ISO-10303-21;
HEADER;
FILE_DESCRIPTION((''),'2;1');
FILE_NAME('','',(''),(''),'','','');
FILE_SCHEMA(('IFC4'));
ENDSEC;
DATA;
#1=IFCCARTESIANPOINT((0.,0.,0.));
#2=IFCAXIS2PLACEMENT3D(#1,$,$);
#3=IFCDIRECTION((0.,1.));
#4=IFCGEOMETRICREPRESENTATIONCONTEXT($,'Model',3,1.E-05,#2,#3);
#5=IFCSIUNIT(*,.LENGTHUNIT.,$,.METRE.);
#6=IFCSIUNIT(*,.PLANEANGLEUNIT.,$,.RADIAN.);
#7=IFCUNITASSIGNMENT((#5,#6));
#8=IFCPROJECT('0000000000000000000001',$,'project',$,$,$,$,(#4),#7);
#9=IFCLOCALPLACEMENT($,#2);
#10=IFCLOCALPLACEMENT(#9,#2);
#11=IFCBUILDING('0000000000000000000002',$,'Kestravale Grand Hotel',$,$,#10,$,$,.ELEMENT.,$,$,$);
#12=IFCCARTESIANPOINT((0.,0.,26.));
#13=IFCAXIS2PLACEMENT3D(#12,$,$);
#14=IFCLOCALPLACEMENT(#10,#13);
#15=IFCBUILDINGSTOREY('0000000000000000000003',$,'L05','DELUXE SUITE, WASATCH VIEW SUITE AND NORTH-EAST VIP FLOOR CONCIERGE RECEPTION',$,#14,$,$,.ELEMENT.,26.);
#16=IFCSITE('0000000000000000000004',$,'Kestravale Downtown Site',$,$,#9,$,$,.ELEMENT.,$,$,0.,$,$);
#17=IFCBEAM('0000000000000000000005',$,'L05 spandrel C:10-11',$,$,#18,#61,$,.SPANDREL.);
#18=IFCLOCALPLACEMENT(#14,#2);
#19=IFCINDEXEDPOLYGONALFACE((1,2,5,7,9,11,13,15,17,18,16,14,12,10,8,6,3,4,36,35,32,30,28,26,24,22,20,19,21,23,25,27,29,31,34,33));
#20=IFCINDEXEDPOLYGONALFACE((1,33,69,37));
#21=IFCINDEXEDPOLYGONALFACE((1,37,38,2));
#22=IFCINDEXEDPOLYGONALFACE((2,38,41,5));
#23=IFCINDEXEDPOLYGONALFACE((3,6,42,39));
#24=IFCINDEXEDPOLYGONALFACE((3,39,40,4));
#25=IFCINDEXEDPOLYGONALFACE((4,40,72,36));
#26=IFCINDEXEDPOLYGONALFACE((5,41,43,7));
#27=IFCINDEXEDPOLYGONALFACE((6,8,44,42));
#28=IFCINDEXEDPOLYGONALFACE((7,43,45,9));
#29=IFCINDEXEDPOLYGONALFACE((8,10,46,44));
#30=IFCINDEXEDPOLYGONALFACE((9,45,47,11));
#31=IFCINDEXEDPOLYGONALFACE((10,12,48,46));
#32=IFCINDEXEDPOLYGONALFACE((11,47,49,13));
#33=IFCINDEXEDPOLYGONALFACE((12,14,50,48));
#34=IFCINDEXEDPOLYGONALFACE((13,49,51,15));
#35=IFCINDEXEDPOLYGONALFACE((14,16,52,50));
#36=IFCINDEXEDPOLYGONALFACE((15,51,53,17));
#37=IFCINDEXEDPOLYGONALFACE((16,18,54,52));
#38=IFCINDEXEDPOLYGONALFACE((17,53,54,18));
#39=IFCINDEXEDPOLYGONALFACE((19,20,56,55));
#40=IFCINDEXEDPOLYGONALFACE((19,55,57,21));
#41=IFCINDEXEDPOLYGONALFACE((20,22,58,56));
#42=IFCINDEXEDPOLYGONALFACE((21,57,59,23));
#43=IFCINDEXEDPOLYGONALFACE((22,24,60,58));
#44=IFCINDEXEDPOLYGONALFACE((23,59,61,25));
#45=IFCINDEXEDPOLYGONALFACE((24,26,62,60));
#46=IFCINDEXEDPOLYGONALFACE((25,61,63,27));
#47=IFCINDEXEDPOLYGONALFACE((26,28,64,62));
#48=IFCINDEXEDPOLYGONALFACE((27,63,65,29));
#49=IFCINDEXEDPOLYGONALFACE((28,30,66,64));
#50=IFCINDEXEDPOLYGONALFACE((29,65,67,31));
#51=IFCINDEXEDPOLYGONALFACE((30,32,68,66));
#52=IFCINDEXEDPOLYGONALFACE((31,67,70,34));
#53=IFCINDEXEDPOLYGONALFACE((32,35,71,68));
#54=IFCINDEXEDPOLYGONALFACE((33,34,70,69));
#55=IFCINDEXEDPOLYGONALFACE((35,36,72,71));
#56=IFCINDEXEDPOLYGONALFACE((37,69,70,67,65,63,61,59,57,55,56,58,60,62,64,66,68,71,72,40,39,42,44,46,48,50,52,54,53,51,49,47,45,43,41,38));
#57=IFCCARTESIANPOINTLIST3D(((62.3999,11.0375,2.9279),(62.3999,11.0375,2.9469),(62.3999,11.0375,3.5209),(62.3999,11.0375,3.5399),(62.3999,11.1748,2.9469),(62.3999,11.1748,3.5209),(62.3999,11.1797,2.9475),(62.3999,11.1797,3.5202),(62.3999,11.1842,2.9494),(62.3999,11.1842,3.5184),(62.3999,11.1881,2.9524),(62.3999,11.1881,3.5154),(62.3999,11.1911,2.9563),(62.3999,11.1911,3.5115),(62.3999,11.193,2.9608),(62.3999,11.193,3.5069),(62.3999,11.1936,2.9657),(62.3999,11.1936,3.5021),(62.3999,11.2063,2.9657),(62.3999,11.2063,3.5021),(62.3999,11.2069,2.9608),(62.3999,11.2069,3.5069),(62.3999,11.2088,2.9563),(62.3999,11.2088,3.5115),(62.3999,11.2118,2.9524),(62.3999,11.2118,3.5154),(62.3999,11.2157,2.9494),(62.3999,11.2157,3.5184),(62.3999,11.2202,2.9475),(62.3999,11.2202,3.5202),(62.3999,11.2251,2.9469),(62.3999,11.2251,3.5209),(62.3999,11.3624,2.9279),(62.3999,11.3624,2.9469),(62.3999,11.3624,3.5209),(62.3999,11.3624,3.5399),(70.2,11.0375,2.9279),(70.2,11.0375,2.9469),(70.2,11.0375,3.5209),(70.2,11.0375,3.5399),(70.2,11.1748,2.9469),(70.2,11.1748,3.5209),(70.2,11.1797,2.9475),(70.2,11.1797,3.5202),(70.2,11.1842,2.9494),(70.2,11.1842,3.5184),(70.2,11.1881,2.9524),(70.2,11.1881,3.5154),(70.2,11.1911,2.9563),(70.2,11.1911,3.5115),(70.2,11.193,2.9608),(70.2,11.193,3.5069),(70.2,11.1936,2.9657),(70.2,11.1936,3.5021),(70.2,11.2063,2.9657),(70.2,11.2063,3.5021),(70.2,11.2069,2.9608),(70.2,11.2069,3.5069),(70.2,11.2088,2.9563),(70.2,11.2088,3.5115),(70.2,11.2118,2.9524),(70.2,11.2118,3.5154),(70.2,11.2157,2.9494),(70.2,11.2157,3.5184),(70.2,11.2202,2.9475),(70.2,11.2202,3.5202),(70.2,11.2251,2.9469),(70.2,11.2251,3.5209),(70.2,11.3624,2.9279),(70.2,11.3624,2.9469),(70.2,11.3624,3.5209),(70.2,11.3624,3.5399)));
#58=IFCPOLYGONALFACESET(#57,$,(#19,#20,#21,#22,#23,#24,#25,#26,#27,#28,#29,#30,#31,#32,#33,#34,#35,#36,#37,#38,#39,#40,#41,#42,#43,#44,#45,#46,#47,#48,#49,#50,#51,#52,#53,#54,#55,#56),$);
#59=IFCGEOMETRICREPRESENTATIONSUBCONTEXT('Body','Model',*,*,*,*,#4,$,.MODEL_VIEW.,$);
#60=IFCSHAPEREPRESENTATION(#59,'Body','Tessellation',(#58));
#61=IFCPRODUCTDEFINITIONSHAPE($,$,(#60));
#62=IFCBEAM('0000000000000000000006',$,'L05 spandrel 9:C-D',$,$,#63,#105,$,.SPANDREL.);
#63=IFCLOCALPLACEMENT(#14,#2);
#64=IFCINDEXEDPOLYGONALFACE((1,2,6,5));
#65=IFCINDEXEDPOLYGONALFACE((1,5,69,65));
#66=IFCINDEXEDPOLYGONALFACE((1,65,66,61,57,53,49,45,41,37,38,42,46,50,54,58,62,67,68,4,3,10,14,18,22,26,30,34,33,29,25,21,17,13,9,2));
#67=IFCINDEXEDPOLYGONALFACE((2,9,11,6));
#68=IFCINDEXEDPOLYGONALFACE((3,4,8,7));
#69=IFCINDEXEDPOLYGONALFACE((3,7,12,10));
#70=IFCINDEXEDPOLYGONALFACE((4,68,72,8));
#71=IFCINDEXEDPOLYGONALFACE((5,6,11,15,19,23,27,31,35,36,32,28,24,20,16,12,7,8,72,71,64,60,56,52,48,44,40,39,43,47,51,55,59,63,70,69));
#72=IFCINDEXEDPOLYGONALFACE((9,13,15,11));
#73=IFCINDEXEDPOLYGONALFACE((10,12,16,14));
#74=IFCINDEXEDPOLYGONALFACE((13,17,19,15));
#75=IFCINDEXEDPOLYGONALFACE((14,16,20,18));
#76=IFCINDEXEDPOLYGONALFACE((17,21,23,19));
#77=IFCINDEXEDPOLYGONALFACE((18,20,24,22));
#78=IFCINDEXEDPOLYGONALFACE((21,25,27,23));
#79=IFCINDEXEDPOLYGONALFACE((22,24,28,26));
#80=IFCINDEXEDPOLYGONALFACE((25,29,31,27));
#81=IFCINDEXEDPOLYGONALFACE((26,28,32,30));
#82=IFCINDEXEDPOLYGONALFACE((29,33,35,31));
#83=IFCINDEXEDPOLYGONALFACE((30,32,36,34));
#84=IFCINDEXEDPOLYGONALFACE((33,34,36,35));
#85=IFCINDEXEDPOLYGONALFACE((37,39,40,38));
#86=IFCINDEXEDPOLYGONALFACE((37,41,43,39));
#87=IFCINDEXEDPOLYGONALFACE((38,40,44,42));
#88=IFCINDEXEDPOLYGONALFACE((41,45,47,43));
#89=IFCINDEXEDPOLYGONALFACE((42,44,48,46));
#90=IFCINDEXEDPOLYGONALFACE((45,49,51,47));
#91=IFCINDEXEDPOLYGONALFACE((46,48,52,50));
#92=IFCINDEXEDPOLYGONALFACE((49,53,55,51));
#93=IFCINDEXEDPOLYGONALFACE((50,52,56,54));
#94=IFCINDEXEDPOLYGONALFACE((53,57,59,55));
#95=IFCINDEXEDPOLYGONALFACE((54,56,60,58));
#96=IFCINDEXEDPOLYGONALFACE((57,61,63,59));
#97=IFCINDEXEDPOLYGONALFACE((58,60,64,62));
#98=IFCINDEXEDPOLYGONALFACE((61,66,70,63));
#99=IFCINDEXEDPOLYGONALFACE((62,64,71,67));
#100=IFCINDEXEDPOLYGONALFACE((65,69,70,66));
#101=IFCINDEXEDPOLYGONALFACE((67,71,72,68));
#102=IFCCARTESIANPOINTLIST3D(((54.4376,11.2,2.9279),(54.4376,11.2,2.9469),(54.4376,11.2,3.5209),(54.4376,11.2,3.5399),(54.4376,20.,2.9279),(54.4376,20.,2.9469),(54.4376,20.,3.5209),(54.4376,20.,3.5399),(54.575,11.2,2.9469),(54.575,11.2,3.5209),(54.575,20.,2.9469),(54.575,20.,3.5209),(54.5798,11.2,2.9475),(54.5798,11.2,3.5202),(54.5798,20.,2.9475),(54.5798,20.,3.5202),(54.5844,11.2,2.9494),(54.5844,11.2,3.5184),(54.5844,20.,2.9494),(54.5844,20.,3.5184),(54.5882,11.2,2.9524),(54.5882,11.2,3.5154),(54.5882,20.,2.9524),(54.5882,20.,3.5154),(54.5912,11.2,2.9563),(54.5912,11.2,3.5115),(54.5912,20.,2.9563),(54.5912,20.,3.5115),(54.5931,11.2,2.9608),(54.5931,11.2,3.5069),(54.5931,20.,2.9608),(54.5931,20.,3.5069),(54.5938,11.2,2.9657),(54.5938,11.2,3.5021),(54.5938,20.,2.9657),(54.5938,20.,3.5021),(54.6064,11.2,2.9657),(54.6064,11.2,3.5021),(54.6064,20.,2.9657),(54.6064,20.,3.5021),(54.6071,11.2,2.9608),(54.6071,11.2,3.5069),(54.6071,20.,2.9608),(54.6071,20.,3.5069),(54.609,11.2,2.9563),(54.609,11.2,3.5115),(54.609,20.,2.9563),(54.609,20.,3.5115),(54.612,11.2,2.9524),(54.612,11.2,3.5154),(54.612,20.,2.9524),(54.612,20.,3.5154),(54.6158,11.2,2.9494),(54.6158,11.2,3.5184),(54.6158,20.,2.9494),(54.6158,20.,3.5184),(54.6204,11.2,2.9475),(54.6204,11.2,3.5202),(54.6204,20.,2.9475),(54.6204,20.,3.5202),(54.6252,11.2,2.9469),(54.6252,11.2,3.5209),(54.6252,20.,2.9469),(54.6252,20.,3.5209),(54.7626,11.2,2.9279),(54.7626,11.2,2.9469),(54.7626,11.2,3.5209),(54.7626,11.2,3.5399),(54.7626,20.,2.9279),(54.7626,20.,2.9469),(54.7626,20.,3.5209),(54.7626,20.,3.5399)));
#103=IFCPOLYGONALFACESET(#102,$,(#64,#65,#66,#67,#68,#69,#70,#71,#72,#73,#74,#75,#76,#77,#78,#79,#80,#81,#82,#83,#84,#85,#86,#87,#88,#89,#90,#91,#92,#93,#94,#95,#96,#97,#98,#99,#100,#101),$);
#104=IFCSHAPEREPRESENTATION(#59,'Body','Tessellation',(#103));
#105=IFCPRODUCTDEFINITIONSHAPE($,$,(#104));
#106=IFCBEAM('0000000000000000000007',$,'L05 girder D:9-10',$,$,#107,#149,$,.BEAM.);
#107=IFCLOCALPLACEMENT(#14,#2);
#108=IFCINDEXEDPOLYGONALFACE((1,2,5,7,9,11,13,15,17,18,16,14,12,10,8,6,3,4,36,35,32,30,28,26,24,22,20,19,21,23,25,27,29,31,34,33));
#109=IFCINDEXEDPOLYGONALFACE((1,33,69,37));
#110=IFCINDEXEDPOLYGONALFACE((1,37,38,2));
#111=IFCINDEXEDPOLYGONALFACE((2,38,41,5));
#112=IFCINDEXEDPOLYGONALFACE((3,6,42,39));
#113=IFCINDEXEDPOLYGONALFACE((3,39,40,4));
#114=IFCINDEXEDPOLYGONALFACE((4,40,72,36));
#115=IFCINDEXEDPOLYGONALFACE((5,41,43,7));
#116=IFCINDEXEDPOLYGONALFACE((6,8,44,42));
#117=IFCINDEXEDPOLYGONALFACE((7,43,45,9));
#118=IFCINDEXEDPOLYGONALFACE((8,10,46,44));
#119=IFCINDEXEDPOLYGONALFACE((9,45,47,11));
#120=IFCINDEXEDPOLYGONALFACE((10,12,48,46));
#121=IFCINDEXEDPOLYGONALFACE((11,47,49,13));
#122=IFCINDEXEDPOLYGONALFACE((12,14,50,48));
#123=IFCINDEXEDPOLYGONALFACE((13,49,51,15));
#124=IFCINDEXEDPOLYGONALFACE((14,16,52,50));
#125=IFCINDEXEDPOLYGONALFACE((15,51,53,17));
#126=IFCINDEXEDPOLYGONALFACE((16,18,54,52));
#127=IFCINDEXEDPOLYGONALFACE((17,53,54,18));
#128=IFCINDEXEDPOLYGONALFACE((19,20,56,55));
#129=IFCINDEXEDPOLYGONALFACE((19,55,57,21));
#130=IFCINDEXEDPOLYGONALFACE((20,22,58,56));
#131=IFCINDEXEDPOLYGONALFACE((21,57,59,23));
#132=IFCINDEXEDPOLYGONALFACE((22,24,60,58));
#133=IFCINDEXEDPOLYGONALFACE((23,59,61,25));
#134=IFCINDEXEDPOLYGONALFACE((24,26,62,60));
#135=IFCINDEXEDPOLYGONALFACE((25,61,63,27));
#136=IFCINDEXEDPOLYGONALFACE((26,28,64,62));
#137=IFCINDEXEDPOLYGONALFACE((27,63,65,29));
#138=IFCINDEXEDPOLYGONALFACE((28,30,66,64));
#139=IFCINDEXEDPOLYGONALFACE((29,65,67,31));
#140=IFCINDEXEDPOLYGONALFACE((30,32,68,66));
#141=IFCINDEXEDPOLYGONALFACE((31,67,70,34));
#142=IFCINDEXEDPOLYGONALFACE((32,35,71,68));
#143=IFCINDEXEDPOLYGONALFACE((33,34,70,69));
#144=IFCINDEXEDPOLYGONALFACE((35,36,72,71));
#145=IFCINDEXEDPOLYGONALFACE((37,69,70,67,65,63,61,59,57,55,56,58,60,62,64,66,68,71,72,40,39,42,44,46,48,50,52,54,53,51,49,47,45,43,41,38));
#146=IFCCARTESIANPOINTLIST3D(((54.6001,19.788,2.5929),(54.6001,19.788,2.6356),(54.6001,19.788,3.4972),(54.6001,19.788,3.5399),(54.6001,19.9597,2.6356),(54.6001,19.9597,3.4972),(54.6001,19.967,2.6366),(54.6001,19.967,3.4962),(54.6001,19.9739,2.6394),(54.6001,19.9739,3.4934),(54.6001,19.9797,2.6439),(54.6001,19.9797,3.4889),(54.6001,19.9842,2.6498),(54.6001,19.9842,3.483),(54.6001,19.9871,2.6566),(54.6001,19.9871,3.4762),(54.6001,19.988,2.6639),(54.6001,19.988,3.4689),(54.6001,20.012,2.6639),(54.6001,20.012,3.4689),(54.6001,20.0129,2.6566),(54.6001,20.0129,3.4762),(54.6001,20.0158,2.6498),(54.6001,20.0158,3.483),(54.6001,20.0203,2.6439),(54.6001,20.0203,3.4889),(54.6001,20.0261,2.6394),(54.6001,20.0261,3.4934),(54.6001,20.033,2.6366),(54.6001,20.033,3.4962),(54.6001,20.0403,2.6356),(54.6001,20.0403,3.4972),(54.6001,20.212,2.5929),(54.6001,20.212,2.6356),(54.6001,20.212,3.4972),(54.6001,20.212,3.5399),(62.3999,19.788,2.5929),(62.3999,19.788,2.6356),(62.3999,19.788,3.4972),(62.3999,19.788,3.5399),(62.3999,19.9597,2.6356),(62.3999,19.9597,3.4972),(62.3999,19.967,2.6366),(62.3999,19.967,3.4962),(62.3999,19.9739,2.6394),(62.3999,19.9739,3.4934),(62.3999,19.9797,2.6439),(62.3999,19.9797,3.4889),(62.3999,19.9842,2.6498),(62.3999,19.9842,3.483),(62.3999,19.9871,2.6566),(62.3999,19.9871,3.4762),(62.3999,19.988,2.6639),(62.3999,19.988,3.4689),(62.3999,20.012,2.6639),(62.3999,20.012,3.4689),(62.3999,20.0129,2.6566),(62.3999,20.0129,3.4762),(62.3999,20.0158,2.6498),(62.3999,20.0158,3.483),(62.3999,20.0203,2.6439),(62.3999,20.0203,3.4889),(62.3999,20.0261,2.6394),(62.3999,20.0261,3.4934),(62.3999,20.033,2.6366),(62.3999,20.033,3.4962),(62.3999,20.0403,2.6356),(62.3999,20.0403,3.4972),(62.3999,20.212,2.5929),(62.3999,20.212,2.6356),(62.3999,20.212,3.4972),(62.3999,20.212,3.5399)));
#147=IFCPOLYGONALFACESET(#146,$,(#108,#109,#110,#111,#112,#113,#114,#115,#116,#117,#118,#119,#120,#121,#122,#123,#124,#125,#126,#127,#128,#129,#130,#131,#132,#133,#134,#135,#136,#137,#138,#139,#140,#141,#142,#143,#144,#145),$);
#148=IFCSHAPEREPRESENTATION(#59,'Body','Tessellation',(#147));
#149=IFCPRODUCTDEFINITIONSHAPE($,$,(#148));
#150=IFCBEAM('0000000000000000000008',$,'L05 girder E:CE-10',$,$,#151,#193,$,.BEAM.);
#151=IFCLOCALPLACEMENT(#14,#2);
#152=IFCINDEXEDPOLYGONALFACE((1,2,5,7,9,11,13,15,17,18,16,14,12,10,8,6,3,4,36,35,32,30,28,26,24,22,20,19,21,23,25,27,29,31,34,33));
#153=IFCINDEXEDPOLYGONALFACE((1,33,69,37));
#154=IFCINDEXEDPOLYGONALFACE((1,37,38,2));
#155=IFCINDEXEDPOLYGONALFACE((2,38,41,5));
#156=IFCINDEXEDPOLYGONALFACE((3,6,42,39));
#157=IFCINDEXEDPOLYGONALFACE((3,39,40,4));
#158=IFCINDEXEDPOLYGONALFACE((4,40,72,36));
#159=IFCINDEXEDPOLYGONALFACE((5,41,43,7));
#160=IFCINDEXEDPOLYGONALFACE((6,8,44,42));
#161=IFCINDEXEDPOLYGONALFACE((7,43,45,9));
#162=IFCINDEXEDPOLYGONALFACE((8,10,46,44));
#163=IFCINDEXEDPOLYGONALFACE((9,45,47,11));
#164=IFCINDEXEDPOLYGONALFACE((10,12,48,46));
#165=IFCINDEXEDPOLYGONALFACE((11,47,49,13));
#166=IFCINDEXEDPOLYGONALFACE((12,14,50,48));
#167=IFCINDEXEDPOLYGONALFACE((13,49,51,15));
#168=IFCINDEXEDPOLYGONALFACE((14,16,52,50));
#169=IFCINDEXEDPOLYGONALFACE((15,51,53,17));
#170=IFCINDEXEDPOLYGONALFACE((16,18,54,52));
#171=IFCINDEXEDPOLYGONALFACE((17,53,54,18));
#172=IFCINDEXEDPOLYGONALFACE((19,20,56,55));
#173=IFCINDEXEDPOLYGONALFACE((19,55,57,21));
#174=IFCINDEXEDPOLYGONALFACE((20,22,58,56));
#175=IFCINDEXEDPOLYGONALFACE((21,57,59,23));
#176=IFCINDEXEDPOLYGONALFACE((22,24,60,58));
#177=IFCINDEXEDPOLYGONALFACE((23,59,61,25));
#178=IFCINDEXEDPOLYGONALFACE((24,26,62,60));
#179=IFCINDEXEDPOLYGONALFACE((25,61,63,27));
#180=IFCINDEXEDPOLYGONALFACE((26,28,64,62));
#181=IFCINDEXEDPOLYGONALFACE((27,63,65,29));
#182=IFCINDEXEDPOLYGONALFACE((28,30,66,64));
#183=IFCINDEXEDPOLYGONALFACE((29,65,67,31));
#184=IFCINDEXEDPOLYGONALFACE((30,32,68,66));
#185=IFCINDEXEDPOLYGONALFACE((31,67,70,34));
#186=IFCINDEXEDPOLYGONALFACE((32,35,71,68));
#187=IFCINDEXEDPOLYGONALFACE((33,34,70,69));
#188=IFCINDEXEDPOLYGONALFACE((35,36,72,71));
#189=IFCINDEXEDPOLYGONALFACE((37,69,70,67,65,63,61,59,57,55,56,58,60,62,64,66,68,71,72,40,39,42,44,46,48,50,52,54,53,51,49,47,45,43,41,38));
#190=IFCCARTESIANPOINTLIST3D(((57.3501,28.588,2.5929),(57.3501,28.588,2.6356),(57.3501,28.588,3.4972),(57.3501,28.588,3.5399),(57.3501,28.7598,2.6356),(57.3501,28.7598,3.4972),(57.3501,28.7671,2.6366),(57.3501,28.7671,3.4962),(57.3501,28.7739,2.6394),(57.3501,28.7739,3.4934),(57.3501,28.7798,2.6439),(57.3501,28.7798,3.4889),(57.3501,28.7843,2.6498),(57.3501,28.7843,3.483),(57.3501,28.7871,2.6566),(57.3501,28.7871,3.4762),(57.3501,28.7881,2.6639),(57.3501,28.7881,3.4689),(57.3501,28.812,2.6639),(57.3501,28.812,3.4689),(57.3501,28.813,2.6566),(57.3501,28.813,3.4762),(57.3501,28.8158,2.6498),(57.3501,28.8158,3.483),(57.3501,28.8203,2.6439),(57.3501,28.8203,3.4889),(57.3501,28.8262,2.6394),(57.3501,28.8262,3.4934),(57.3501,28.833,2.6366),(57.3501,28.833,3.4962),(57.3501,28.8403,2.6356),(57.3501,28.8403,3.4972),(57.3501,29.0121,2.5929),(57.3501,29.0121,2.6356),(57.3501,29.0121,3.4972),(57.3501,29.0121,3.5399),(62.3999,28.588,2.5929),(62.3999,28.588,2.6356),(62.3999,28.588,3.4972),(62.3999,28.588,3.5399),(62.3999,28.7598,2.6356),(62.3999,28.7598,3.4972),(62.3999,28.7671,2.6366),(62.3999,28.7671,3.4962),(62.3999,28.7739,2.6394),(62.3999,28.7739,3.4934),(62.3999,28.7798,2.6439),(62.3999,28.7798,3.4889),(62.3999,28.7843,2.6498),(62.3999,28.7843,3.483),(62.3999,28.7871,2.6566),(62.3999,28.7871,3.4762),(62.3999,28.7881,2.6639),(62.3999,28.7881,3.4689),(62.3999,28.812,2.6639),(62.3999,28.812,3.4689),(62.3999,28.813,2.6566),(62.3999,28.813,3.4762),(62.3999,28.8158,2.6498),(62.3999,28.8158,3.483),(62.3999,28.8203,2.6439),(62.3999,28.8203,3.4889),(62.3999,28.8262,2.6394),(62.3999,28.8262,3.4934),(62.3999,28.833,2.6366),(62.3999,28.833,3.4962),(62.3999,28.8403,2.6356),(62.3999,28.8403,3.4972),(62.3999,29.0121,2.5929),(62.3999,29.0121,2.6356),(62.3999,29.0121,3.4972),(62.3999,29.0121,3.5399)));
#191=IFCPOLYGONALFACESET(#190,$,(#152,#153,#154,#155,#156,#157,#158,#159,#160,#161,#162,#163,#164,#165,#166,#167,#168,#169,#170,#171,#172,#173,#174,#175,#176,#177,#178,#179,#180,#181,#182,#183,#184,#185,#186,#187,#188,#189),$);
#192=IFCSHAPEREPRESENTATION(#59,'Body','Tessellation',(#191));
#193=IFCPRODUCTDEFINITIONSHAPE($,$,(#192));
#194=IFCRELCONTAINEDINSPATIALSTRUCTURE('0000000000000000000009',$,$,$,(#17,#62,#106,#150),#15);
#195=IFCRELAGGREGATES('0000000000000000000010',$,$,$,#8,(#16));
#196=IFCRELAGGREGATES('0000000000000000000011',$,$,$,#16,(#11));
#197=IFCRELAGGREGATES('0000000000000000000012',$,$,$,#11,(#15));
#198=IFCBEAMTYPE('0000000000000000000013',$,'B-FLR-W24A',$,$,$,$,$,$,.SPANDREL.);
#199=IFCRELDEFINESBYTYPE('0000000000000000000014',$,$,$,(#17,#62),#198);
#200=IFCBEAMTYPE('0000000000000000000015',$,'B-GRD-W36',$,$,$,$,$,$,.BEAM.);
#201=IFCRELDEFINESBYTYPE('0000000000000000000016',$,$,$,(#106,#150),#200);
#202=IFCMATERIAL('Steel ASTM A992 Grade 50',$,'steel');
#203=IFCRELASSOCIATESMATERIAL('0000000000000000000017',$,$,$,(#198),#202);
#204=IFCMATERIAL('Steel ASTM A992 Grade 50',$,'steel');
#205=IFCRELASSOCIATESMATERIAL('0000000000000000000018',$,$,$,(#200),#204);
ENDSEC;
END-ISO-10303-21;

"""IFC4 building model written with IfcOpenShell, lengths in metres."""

from ifc_helpers import new_model, si_unit, direction, frame, origin, origin_2d, place, context, subcontext, project, spatial, i_section, extrude, material, material_profile, profile_set, type_object, element, save


model = new_model("IFC4")

# Units and contexts
model_context = context("Model", 3, precision=1e-05, world=origin(), true_north=direction((0.0, 1.0)))
body_context = subcontext(model_context, "Body", "Model", "MODEL_VIEW")
ifc_project = project(units=[si_unit("LENGTHUNIT", "METRE"), si_unit("PLANEANGLEUNIT", "RADIAN")], contexts=[model_context])

# Site, building, storey
site_placement = place(None, origin())
site = spatial("IfcSite", under=ifc_project, at=site_placement, Name="Kestravale Downtown Site", CompositionType="ELEMENT", RefElevation=0.0)
building_placement = place(site_placement, origin())
building = spatial("IfcBuilding", under=site, at=building_placement, Name="Kestravale Grand Hotel", CompositionType="ELEMENT")
storey_placement = place(building_placement, frame((0.0, 0.0, 26.0)))
storey = spatial("IfcBuildingStorey", under=building, at=storey_placement, Name="L05", Description="DELUXE SUITE, WASATCH VIEW SUITE AND NORTH-EAST VIP FLOOR CONCIERGE RECEPTION", CompositionType="ELEMENT", Elevation=26.0)

# Beams
ifc_material_1 = material(Name="Steel ASTM A992 Grade 50", Category="steel")
ifc_material_profile_1 = material_profile(ifc_material_1, i_section(OverallWidth=0.325, OverallDepth=0.6121, WebThickness=0.0127, FlangeThickness=0.019, FilletRadius=0.0188, at=origin_2d()))
ifc_profile_set_1 = profile_set([ifc_material_profile_1], Name="Steel ASTM A992 Grade 50")
beam_type_1 = type_object("IfcBeamType", Name="B-FLR-W24A", PredefinedType="SPANDREL", material=ifc_profile_set_1)
beam_1_placement = place(storey_placement, frame((62.3999, 11.2, 3.2339), z_axis=(1.0, 0.0, 0.0), x_axis=(0.0, 1.0, 0.0)))
element("IfcBeam", 1, at=beam_1_placement, inside=storey, type_object=beam_type_1, Name="L05 spandrel C:10-11", PredefinedType="SPANDREL", context=body_context, shape_type="SweptSolid", body=[
    extrude(i_section(OverallWidth=0.325, OverallDepth=0.6121, WebThickness=0.0127, FlangeThickness=0.019, FilletRadius=0.0188, at=origin_2d()), origin(), (0.0, 0.0, 1.0), 7.8),
])
beam_2_placement = place(storey_placement, frame((54.6001, 11.2, 3.2339), z_axis=(0.0, 1.0, 0.0), x_axis=(-1.0, 0.0, 0.0)))
element("IfcBeam", 2, at=beam_2_placement, inside=storey, type_object=beam_type_1, Name="L05 spandrel 9:C-D", PredefinedType="SPANDREL", context=body_context, shape_type="SweptSolid", body=[
    extrude(i_section(OverallWidth=0.325, OverallDepth=0.6121, WebThickness=0.0127, FlangeThickness=0.019, FilletRadius=0.0188, at=origin_2d()), origin(), (0.0, 0.0, 1.0), 8.8),
])
ifc_material_2 = material(Name="Steel ASTM A992 Grade 50", Category="steel")
ifc_material_profile_2 = material_profile(ifc_material_2, i_section(OverallWidth=0.4241, OverallDepth=0.947, WebThickness=0.0239, FlangeThickness=0.0427, FilletRadius=0.0283, at=origin_2d()))
ifc_profile_set_2 = profile_set([ifc_material_profile_2], Name="Steel ASTM A992 Grade 50")
beam_type_2 = type_object("IfcBeamType", Name="B-GRD-W36", PredefinedType="BEAM", material=ifc_profile_set_2)
beam_3_placement = place(storey_placement, frame((54.6001, 20.0, 3.0664), z_axis=(1.0, 0.0, 0.0), x_axis=(0.0, 1.0, 0.0)))
element("IfcBeam", 3, at=beam_3_placement, inside=storey, type_object=beam_type_2, Name="L05 girder D:9-10", PredefinedType="BEAM", context=body_context, shape_type="SweptSolid", body=[
    extrude(i_section(OverallWidth=0.4241, OverallDepth=0.947, WebThickness=0.0239, FlangeThickness=0.0427, FilletRadius=0.0283, at=origin_2d()), origin(), (0.0, 0.0, 1.0), 7.7998),
])
beam_4_placement = place(storey_placement, frame((57.3501, 28.8, 3.0664), z_axis=(1.0, 0.0, 0.0), x_axis=(0.0, 1.0, 0.0)))
element("IfcBeam", 4, at=beam_4_placement, inside=storey, type_object=beam_type_2, Name="L05 girder E:CE-10", PredefinedType="BEAM", context=body_context, shape_type="SweptSolid", body=[
    extrude(i_section(OverallWidth=0.4241, OverallDepth=0.947, WebThickness=0.0239, FlangeThickness=0.0427, FilletRadius=0.0283, at=origin_2d()), origin(), (0.0, 0.0, 1.0), 5.0498),
])

save(model, "model.ifc")
